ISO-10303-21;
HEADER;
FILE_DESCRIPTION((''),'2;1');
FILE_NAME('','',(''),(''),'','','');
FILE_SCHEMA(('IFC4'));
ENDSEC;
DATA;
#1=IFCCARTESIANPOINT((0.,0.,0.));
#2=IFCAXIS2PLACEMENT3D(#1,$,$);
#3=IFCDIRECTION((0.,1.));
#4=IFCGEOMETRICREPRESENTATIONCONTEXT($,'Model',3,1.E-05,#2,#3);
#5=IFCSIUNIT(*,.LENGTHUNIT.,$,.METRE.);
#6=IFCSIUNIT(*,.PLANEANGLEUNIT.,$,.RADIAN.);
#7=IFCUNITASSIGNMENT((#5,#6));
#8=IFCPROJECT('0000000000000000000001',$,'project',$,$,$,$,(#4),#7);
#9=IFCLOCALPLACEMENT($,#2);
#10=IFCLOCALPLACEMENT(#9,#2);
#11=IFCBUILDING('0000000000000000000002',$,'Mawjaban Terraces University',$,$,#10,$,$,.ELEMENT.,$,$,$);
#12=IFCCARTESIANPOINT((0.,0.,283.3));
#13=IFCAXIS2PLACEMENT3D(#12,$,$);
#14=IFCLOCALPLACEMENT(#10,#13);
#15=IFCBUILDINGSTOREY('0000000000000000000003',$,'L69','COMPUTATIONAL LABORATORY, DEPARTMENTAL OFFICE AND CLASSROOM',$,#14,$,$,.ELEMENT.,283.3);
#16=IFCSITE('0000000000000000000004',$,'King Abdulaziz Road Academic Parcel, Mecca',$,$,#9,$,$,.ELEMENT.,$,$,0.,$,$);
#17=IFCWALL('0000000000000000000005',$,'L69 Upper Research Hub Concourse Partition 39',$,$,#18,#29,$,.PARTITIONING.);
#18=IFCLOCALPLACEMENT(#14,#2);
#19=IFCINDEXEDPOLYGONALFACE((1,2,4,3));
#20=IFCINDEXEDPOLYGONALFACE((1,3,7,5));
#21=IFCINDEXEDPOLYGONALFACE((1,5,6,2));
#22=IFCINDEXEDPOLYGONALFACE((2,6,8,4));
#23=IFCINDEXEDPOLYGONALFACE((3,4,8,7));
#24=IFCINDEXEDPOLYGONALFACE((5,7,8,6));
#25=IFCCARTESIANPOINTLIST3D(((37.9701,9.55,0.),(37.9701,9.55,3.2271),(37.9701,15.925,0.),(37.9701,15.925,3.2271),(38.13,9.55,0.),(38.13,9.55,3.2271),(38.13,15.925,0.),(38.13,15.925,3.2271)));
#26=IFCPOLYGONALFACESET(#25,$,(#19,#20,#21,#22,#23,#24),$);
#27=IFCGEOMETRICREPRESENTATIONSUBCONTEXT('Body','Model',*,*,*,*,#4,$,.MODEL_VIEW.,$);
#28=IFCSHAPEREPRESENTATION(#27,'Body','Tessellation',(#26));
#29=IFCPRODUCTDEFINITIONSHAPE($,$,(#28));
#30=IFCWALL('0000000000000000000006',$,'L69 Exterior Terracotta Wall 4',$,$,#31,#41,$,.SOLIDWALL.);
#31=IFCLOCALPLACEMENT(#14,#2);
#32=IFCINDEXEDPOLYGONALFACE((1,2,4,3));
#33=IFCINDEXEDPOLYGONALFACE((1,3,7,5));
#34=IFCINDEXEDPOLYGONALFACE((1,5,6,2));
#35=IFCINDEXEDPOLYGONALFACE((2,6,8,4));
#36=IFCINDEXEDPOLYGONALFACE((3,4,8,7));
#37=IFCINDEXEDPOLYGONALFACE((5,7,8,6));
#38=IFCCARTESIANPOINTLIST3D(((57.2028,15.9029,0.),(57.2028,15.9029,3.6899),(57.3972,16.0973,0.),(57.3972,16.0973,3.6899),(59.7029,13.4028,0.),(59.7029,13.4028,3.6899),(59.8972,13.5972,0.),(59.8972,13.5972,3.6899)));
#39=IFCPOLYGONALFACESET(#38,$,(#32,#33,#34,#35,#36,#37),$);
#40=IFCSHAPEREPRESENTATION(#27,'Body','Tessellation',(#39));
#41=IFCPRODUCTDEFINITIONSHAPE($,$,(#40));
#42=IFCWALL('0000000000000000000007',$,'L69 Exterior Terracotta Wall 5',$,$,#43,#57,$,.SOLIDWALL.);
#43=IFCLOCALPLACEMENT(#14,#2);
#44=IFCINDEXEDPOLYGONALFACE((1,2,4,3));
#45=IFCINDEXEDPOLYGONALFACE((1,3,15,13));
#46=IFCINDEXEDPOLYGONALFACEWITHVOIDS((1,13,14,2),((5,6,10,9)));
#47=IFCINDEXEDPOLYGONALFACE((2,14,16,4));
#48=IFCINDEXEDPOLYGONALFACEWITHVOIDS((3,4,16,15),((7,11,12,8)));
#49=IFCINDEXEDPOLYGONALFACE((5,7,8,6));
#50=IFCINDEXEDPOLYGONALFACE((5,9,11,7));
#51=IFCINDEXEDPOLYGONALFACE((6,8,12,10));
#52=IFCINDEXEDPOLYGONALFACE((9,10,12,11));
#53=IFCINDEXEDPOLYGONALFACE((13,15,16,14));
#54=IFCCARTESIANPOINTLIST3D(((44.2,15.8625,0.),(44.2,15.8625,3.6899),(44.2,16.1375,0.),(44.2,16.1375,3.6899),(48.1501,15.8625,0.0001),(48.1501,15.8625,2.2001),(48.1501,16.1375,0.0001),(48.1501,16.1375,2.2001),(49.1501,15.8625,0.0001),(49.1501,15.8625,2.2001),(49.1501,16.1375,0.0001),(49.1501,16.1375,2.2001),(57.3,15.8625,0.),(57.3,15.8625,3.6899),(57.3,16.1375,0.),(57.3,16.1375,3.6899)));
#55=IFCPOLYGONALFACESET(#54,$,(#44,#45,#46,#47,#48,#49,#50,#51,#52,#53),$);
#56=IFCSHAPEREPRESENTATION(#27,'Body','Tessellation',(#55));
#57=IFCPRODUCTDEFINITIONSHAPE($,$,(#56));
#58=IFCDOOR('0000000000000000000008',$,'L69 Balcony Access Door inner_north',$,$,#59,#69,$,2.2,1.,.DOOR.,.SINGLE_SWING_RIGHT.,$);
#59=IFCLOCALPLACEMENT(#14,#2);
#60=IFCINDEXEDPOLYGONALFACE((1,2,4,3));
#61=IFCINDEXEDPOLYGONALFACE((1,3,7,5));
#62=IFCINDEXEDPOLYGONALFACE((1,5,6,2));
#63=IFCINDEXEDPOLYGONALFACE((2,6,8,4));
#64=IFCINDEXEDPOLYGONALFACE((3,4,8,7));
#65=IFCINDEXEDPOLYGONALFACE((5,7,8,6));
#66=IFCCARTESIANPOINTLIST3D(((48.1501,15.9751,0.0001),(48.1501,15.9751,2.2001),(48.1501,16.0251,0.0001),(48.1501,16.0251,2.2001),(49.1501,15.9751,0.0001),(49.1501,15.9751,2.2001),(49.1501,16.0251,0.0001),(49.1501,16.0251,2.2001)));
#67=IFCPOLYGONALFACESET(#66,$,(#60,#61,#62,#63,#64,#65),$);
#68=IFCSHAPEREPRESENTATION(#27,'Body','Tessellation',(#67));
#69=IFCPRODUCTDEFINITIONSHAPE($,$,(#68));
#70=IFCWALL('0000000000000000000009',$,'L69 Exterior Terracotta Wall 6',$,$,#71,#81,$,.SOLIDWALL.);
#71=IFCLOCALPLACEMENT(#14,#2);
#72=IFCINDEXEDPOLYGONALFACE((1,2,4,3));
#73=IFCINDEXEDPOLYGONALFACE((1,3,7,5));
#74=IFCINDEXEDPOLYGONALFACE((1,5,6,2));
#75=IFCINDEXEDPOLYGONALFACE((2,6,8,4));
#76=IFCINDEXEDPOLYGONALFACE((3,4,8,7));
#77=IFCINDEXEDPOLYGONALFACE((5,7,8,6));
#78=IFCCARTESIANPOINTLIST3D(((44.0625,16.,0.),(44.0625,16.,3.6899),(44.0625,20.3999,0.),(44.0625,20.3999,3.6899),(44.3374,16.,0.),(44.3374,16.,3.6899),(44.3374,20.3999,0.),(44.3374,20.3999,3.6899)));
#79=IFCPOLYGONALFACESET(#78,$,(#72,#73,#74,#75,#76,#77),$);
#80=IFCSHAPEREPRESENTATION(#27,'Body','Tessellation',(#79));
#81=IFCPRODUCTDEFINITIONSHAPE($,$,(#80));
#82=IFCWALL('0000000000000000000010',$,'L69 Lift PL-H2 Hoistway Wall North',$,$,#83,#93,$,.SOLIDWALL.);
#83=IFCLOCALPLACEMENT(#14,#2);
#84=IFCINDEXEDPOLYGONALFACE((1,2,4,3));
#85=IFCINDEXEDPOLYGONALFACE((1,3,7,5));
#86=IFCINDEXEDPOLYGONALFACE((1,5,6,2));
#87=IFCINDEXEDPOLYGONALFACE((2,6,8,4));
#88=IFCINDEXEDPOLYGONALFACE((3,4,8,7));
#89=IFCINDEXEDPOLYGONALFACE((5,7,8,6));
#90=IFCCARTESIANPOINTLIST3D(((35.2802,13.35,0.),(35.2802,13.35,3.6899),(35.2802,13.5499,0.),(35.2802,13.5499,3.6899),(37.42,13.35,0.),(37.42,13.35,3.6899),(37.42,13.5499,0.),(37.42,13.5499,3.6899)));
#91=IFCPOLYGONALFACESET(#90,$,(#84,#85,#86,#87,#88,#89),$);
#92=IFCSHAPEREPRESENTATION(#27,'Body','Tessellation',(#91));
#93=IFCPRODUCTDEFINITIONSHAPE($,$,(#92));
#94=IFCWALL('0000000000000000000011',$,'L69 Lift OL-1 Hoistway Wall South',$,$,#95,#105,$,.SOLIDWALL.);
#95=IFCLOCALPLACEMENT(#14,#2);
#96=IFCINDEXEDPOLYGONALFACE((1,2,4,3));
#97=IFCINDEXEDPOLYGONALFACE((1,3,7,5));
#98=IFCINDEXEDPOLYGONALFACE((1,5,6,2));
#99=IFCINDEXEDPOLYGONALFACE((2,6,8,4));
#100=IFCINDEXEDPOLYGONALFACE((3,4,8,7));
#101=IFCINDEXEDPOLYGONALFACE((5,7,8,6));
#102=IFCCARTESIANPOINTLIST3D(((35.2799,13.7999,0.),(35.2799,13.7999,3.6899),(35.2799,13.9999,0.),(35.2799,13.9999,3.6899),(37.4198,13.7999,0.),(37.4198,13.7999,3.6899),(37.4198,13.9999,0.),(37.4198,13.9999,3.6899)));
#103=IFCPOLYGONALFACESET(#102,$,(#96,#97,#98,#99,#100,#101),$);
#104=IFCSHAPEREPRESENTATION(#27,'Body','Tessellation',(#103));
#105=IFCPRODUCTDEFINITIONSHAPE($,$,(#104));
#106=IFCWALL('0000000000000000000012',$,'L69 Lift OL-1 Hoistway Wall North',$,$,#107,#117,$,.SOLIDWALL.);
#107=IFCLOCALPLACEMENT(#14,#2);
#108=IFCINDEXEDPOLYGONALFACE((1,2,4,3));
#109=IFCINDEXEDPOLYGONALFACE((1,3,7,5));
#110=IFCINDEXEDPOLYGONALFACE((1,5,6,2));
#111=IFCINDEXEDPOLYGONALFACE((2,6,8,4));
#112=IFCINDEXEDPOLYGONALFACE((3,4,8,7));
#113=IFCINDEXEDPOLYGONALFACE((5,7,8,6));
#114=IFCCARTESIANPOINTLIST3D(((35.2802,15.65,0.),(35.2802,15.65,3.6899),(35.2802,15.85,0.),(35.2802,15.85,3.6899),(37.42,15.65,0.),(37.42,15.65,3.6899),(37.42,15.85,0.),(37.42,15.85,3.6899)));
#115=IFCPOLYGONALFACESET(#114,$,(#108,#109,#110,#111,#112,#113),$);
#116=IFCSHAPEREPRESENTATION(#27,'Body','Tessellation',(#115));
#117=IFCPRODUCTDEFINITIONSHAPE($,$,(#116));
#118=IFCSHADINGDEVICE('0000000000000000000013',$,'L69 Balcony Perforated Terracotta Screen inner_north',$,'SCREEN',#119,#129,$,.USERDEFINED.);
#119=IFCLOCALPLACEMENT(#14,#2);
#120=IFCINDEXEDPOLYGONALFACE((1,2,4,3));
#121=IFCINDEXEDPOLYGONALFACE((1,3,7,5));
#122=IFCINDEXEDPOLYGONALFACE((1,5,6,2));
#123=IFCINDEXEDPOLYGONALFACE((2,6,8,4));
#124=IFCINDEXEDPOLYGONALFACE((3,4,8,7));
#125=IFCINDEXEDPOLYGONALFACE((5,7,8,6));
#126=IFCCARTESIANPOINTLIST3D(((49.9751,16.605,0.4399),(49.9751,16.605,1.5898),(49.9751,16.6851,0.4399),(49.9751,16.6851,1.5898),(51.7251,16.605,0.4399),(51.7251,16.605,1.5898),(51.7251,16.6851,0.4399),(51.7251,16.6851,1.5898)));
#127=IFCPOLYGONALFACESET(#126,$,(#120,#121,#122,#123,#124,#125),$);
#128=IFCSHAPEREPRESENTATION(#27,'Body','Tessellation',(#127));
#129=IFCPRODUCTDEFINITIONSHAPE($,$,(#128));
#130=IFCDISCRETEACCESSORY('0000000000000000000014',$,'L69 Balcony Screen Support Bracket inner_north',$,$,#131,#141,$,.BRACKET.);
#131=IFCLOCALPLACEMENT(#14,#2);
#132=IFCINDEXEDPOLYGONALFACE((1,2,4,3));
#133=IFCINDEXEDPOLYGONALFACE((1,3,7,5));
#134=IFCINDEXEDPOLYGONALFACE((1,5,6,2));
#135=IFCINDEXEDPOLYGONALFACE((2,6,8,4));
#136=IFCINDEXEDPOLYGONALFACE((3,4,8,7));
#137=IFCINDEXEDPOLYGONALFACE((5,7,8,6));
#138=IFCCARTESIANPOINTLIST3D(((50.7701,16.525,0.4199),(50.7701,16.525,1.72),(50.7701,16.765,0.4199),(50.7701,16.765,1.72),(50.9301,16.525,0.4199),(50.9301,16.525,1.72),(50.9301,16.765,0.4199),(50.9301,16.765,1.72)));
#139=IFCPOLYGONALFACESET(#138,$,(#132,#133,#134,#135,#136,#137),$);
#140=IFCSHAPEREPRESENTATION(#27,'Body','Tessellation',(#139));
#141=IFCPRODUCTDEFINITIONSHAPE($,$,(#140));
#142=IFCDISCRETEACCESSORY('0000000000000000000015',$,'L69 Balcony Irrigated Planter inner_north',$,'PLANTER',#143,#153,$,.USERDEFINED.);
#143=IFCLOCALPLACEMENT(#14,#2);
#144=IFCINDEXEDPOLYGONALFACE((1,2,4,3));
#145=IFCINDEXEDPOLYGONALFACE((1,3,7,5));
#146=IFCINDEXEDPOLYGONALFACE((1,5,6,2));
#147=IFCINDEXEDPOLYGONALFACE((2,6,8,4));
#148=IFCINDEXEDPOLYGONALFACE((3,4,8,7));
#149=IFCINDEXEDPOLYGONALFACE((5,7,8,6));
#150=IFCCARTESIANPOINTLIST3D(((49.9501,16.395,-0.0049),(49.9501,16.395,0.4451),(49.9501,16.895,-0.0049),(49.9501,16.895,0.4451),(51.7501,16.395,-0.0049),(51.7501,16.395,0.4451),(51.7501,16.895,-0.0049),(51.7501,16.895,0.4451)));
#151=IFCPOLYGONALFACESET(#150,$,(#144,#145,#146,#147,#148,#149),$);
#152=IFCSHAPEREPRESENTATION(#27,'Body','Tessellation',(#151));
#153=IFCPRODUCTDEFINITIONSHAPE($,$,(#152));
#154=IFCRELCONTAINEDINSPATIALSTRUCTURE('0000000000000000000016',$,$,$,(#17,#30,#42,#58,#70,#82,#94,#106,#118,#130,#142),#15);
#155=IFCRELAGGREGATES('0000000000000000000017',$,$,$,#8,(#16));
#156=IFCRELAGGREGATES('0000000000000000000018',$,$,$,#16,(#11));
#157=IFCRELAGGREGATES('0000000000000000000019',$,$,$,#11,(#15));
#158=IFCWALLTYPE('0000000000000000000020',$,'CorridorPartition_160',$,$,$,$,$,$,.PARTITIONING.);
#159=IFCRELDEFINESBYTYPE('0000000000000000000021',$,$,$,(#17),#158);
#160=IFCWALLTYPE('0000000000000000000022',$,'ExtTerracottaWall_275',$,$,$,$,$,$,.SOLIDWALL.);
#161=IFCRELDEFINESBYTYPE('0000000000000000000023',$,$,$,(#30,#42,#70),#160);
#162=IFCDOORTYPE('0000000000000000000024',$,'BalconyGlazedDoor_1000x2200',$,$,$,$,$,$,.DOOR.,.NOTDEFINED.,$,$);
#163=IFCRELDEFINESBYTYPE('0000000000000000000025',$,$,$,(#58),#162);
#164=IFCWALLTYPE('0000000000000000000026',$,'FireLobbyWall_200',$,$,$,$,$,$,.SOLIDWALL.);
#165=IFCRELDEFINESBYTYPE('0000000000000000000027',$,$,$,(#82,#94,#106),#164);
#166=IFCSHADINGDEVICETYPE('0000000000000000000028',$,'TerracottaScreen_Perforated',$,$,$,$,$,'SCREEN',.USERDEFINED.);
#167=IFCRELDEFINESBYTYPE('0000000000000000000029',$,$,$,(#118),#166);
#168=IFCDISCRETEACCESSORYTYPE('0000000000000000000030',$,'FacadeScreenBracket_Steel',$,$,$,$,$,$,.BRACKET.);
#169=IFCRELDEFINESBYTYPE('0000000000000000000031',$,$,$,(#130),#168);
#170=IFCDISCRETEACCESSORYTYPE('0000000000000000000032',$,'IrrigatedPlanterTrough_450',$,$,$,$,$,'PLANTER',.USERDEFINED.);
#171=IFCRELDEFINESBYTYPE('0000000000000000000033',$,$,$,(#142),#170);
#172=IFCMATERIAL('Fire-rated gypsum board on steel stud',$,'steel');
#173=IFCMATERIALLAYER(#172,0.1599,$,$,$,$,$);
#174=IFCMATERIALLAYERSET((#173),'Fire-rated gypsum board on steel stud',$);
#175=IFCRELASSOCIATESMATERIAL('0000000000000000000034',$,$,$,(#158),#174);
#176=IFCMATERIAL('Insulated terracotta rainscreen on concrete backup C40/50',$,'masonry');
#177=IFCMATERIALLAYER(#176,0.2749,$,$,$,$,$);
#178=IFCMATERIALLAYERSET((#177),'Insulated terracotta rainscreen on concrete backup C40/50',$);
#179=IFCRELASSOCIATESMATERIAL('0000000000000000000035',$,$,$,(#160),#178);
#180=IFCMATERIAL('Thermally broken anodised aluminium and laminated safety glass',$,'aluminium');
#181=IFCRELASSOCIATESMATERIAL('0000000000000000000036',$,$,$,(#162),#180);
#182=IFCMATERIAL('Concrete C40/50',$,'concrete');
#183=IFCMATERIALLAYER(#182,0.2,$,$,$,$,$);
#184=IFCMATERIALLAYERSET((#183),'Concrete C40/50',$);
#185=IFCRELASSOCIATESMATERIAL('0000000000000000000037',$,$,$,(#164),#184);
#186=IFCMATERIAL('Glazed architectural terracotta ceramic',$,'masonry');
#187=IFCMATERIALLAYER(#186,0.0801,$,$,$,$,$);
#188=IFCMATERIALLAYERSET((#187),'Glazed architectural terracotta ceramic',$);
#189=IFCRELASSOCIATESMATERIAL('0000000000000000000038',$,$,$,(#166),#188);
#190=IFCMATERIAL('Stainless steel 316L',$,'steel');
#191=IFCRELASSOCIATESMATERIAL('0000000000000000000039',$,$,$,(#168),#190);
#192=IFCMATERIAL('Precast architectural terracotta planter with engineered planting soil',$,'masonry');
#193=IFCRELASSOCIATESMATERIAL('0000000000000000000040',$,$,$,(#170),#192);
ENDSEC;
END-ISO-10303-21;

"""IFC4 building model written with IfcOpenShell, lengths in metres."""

from ifc_helpers import new_model, si_unit, direction, frame, frame_2d, origin, origin_2d, place, context, subcontext, project, spatial, rectangle, extrude, material, layer, layer_set, type_object, element, fill, save


model = new_model("IFC4")

# Units and contexts
model_context = context("Model", 3, precision=1e-05, world=origin(), true_north=direction((0.0, 1.0)))
body_context = subcontext(model_context, "Body", "Model", "MODEL_VIEW")
ifc_project = project(units=[si_unit("LENGTHUNIT", "METRE"), si_unit("PLANEANGLEUNIT", "RADIAN")], contexts=[model_context])

# Site, building, storey
site_placement = place(None, origin())
site = spatial("IfcSite", under=ifc_project, at=site_placement, Name="King Abdulaziz Road Academic Parcel, Mecca", CompositionType="ELEMENT", RefElevation=0.0)
building_placement = place(site_placement, origin())
building = spatial("IfcBuilding", under=site, at=building_placement, Name="Mawjaban Terraces University", CompositionType="ELEMENT")
storey_placement = place(building_placement, frame((0.0, 0.0, 283.3)))
storey = spatial("IfcBuildingStorey", under=building, at=storey_placement, Name="L69", Description="COMPUTATIONAL LABORATORY, DEPARTMENTAL OFFICE AND CLASSROOM", CompositionType="ELEMENT", Elevation=283.3)

# Shared definitions
ifc_material_1 = material(Name="Fire-rated gypsum board on steel stud", Category="steel")
ifc_layer_1 = layer(ifc_material_1, 0.1599)
ifc_layer_set_1 = layer_set([ifc_layer_1], Name="Fire-rated gypsum board on steel stud")
wall_type_1 = type_object("IfcWallType", Name="CorridorPartition_160", PredefinedType="PARTITIONING", material=ifc_layer_set_1)

# Walls
wall_1_placement = place(storey_placement, frame((38.05, 15.925, 0.0), z_axis=(0.0, 0.0, 1.0), x_axis=(0.0, -1.0, 0.0)))
element("IfcWall", 1, at=wall_1_placement, inside=storey, type_object=wall_type_1, Name="L69 Upper Research Hub Concourse Partition 39", PredefinedType="PARTITIONING", context=body_context, shape_type="SweptSolid", body=[
    extrude(rectangle(XDim=6.375, YDim=0.1599, at=frame_2d((3.1875, 0.0))), origin(), (0.0, 0.0, 1.0), 3.2271),
])
ifc_material_2 = material(Name="Insulated terracotta rainscreen on concrete backup C40/50", Category="masonry")
ifc_layer_2 = layer(ifc_material_2, 0.2749)
ifc_layer_set_2 = layer_set([ifc_layer_2], Name="Insulated terracotta rainscreen on concrete backup C40/50")
wall_type_2 = type_object("IfcWallType", Name="ExtTerracottaWall_275", PredefinedType="SOLIDWALL", material=ifc_layer_set_2)
wall_2_placement = place(storey_placement, frame((59.8, 13.5, 0.0), z_axis=(0.0, 0.0, 1.0), x_axis=(-0.707107, 0.707107, 0.0)))
element("IfcWall", 2, at=wall_2_placement, inside=storey, type_object=wall_type_2, Name="L69 Exterior Terracotta Wall 4", PredefinedType="SOLIDWALL", context=body_context, shape_type="SweptSolid", body=[
    extrude(rectangle(XDim=3.5356, YDim=0.2749, at=frame_2d((1.7678, 0.0))), origin(), (0.0, 0.0, 1.0), 3.6899),
])

# Wall, opening, door
wall_3_placement = place(storey_placement, frame((57.3, 16.0, 0.0), z_axis=(0.0, 0.0, 1.0), x_axis=(-1.0, 0.0, 0.0)))
wall_3 = element("IfcWall", 3, at=wall_3_placement, inside=storey, type_object=wall_type_2, Name="L69 Exterior Terracotta Wall 5", PredefinedType="SOLIDWALL", context=body_context, shape_type="SweptSolid", body=[
    extrude(rectangle(XDim=13.1001, YDim=0.2749, at=frame_2d((6.55, 0.0))), origin(), (0.0, 0.0, 1.0), 3.6899),
])
opening_1_placement = place(wall_3_placement, frame((8.1499, 0.0, 0.0)))
opening_1 = element("IfcOpeningElement", 4, at=opening_1_placement, cuts=wall_3, PredefinedType="OPENING", context=body_context, shape_type="SweptSolid", body=[
    extrude(rectangle(XDim=1.0, YDim=2.2, at=frame_2d((0.5, 1.1001))), frame((0.0, 0.1475, 0.0), z_axis=(0.0, -1.0, 0.0), x_axis=(1.0, 0.0, 0.0)), (0.0, 0.0, 1.0), 0.2949),
])
ifc_material_3 = material(Name="Thermally broken anodised aluminium and laminated safety glass", Category="aluminium")
door_type_1 = type_object("IfcDoorType", Name="BalconyGlazedDoor_1000x2200", OperationType="NOTDEFINED", PredefinedType="DOOR", material=ifc_material_3)
door_1_placement = place(opening_1_placement, origin())
door_1 = element("IfcDoor", 5, at=door_1_placement, inside=storey, type_object=door_type_1, Name="L69 Balcony Access Door inner_north", OperationType="SINGLE_SWING_RIGHT", OverallHeight=2.2, OverallWidth=1.0, PredefinedType="DOOR", context=body_context, shape_type="SweptSolid", body=[
    extrude(rectangle(XDim=1.0, YDim=2.2, at=frame_2d((0.5, 1.1001))), frame((0.0, 0.0249, 0.0), z_axis=(0.0, -1.0, 0.0), x_axis=(1.0, 0.0, 0.0)), (0.0, 0.0, 1.0), 0.05),
])
fill(opening_1, door_1)

# Walls
wall_4_placement = place(storey_placement, frame((44.2, 16.0, 0.0), z_axis=(0.0, 0.0, 1.0), x_axis=(0.0, 1.0, 0.0)))
element("IfcWall", 6, at=wall_4_placement, inside=storey, type_object=wall_type_2, Name="L69 Exterior Terracotta Wall 6", PredefinedType="SOLIDWALL", context=body_context, shape_type="SweptSolid", body=[
    extrude(rectangle(XDim=4.3999, YDim=0.2749, at=frame_2d((2.2, 0.0))), origin(), (0.0, 0.0, 1.0), 3.6899),
])
ifc_material_4 = material(Name="Concrete C40/50", Category="concrete")
ifc_layer_3 = layer(ifc_material_4, 0.2)
ifc_layer_set_3 = layer_set([ifc_layer_3], Name="Concrete C40/50")
wall_type_3 = type_object("IfcWallType", Name="FireLobbyWall_200", PredefinedType="SOLIDWALL", material=ifc_layer_set_3)
for number, where, z_axis, x_axis, name in (
    (7, (37.4199, 13.45, 0.0), (0.0, 0.0, 1.0), (-1.0, 0.0, 0.0), "L69 Lift PL-H2 Hoistway Wall North"),
    (8, (35.28, 13.8999, 0.0), (0.0, 0.0, 1.0), (1.0, 0.0, 0.0), "L69 Lift OL-1 Hoistway Wall South"),
    (9, (37.4199, 15.75, 0.0), (0.0, 0.0, 1.0), (-1.0, 0.0, 0.0), "L69 Lift OL-1 Hoistway Wall North"),
):
    element("IfcWall", number, at=place(storey_placement, frame(where, z_axis=z_axis, x_axis=x_axis)), inside=storey, type_object=wall_type_3, Name=name, PredefinedType="SOLIDWALL", context=body_context, shape_type="SweptSolid", body=[
        extrude(rectangle(XDim=2.1399, YDim=0.2, at=frame_2d((1.0698, 0.0))), origin(), (0.0, 0.0, 1.0), 3.6899),
    ])

# Shading device
ifc_material_5 = material(Name="Glazed architectural terracotta ceramic", Category="masonry")
ifc_layer_4 = layer(ifc_material_5, 0.0801)
ifc_layer_set_4 = layer_set([ifc_layer_4], Name="Glazed architectural terracotta ceramic")
shading_device_type = type_object("IfcShadingDeviceType", Name="TerracottaScreen_Perforated", ElementType="SCREEN", PredefinedType="USERDEFINED", material=ifc_layer_set_4)
shading_device_placement = place(storey_placement, frame((50.8501, 16.645, 0.4399), z_axis=(0.0, 0.0, 1.0), x_axis=(1.0, 0.0, 0.0)))
element("IfcShadingDevice", 10, at=shading_device_placement, inside=storey, type_object=shading_device_type, Name="L69 Balcony Perforated Terracotta Screen inner_north", ObjectType="SCREEN", PredefinedType="USERDEFINED", context=body_context, shape_type="SweptSolid", body=[
    extrude(rectangle(XDim=1.75, YDim=0.0801, at=origin_2d()), origin(), (0.0, 0.0, 1.0), 1.1499),
])

# Discrete accessories
ifc_material_6 = material(Name="Stainless steel 316L", Category="steel")
discrete_accessory_type_1 = type_object("IfcDiscreteAccessoryType", Name="FacadeScreenBracket_Steel", PredefinedType="BRACKET", material=ifc_material_6)
discrete_accessory_1_placement = place(storey_placement, frame((50.8501, 16.645, 0.4199), z_axis=(0.0, 0.0, 1.0), x_axis=(1.0, 0.0, 0.0)))
element("IfcDiscreteAccessory", 11, at=discrete_accessory_1_placement, inside=storey, type_object=discrete_accessory_type_1, Name="L69 Balcony Screen Support Bracket inner_north", PredefinedType="BRACKET", context=body_context, shape_type="SweptSolid", body=[
    extrude(rectangle(XDim=0.1599, YDim=0.24, at=origin_2d()), origin(), (0.0, 0.0, 1.0), 1.3),
])
ifc_material_7 = material(Name="Precast architectural terracotta planter with engineered planting soil", Category="masonry")
discrete_accessory_type_2 = type_object("IfcDiscreteAccessoryType", Name="IrrigatedPlanterTrough_450", ElementType="PLANTER", PredefinedType="USERDEFINED", material=ifc_material_7)
discrete_accessory_2_placement = place(storey_placement, frame((50.8501, 16.645, -0.0049), z_axis=(0.0, 0.0, 1.0), x_axis=(1.0, 0.0, 0.0)))
element("IfcDiscreteAccessory", 12, at=discrete_accessory_2_placement, inside=storey, type_object=discrete_accessory_type_2, Name="L69 Balcony Irrigated Planter inner_north", ObjectType="PLANTER", PredefinedType="USERDEFINED", context=body_context, shape_type="SweptSolid", body=[
    extrude(rectangle(XDim=1.8, YDim=0.5, at=origin_2d()), origin(), (0.0, 0.0, 1.0), 0.45),
])

save(model, "model.ifc")
